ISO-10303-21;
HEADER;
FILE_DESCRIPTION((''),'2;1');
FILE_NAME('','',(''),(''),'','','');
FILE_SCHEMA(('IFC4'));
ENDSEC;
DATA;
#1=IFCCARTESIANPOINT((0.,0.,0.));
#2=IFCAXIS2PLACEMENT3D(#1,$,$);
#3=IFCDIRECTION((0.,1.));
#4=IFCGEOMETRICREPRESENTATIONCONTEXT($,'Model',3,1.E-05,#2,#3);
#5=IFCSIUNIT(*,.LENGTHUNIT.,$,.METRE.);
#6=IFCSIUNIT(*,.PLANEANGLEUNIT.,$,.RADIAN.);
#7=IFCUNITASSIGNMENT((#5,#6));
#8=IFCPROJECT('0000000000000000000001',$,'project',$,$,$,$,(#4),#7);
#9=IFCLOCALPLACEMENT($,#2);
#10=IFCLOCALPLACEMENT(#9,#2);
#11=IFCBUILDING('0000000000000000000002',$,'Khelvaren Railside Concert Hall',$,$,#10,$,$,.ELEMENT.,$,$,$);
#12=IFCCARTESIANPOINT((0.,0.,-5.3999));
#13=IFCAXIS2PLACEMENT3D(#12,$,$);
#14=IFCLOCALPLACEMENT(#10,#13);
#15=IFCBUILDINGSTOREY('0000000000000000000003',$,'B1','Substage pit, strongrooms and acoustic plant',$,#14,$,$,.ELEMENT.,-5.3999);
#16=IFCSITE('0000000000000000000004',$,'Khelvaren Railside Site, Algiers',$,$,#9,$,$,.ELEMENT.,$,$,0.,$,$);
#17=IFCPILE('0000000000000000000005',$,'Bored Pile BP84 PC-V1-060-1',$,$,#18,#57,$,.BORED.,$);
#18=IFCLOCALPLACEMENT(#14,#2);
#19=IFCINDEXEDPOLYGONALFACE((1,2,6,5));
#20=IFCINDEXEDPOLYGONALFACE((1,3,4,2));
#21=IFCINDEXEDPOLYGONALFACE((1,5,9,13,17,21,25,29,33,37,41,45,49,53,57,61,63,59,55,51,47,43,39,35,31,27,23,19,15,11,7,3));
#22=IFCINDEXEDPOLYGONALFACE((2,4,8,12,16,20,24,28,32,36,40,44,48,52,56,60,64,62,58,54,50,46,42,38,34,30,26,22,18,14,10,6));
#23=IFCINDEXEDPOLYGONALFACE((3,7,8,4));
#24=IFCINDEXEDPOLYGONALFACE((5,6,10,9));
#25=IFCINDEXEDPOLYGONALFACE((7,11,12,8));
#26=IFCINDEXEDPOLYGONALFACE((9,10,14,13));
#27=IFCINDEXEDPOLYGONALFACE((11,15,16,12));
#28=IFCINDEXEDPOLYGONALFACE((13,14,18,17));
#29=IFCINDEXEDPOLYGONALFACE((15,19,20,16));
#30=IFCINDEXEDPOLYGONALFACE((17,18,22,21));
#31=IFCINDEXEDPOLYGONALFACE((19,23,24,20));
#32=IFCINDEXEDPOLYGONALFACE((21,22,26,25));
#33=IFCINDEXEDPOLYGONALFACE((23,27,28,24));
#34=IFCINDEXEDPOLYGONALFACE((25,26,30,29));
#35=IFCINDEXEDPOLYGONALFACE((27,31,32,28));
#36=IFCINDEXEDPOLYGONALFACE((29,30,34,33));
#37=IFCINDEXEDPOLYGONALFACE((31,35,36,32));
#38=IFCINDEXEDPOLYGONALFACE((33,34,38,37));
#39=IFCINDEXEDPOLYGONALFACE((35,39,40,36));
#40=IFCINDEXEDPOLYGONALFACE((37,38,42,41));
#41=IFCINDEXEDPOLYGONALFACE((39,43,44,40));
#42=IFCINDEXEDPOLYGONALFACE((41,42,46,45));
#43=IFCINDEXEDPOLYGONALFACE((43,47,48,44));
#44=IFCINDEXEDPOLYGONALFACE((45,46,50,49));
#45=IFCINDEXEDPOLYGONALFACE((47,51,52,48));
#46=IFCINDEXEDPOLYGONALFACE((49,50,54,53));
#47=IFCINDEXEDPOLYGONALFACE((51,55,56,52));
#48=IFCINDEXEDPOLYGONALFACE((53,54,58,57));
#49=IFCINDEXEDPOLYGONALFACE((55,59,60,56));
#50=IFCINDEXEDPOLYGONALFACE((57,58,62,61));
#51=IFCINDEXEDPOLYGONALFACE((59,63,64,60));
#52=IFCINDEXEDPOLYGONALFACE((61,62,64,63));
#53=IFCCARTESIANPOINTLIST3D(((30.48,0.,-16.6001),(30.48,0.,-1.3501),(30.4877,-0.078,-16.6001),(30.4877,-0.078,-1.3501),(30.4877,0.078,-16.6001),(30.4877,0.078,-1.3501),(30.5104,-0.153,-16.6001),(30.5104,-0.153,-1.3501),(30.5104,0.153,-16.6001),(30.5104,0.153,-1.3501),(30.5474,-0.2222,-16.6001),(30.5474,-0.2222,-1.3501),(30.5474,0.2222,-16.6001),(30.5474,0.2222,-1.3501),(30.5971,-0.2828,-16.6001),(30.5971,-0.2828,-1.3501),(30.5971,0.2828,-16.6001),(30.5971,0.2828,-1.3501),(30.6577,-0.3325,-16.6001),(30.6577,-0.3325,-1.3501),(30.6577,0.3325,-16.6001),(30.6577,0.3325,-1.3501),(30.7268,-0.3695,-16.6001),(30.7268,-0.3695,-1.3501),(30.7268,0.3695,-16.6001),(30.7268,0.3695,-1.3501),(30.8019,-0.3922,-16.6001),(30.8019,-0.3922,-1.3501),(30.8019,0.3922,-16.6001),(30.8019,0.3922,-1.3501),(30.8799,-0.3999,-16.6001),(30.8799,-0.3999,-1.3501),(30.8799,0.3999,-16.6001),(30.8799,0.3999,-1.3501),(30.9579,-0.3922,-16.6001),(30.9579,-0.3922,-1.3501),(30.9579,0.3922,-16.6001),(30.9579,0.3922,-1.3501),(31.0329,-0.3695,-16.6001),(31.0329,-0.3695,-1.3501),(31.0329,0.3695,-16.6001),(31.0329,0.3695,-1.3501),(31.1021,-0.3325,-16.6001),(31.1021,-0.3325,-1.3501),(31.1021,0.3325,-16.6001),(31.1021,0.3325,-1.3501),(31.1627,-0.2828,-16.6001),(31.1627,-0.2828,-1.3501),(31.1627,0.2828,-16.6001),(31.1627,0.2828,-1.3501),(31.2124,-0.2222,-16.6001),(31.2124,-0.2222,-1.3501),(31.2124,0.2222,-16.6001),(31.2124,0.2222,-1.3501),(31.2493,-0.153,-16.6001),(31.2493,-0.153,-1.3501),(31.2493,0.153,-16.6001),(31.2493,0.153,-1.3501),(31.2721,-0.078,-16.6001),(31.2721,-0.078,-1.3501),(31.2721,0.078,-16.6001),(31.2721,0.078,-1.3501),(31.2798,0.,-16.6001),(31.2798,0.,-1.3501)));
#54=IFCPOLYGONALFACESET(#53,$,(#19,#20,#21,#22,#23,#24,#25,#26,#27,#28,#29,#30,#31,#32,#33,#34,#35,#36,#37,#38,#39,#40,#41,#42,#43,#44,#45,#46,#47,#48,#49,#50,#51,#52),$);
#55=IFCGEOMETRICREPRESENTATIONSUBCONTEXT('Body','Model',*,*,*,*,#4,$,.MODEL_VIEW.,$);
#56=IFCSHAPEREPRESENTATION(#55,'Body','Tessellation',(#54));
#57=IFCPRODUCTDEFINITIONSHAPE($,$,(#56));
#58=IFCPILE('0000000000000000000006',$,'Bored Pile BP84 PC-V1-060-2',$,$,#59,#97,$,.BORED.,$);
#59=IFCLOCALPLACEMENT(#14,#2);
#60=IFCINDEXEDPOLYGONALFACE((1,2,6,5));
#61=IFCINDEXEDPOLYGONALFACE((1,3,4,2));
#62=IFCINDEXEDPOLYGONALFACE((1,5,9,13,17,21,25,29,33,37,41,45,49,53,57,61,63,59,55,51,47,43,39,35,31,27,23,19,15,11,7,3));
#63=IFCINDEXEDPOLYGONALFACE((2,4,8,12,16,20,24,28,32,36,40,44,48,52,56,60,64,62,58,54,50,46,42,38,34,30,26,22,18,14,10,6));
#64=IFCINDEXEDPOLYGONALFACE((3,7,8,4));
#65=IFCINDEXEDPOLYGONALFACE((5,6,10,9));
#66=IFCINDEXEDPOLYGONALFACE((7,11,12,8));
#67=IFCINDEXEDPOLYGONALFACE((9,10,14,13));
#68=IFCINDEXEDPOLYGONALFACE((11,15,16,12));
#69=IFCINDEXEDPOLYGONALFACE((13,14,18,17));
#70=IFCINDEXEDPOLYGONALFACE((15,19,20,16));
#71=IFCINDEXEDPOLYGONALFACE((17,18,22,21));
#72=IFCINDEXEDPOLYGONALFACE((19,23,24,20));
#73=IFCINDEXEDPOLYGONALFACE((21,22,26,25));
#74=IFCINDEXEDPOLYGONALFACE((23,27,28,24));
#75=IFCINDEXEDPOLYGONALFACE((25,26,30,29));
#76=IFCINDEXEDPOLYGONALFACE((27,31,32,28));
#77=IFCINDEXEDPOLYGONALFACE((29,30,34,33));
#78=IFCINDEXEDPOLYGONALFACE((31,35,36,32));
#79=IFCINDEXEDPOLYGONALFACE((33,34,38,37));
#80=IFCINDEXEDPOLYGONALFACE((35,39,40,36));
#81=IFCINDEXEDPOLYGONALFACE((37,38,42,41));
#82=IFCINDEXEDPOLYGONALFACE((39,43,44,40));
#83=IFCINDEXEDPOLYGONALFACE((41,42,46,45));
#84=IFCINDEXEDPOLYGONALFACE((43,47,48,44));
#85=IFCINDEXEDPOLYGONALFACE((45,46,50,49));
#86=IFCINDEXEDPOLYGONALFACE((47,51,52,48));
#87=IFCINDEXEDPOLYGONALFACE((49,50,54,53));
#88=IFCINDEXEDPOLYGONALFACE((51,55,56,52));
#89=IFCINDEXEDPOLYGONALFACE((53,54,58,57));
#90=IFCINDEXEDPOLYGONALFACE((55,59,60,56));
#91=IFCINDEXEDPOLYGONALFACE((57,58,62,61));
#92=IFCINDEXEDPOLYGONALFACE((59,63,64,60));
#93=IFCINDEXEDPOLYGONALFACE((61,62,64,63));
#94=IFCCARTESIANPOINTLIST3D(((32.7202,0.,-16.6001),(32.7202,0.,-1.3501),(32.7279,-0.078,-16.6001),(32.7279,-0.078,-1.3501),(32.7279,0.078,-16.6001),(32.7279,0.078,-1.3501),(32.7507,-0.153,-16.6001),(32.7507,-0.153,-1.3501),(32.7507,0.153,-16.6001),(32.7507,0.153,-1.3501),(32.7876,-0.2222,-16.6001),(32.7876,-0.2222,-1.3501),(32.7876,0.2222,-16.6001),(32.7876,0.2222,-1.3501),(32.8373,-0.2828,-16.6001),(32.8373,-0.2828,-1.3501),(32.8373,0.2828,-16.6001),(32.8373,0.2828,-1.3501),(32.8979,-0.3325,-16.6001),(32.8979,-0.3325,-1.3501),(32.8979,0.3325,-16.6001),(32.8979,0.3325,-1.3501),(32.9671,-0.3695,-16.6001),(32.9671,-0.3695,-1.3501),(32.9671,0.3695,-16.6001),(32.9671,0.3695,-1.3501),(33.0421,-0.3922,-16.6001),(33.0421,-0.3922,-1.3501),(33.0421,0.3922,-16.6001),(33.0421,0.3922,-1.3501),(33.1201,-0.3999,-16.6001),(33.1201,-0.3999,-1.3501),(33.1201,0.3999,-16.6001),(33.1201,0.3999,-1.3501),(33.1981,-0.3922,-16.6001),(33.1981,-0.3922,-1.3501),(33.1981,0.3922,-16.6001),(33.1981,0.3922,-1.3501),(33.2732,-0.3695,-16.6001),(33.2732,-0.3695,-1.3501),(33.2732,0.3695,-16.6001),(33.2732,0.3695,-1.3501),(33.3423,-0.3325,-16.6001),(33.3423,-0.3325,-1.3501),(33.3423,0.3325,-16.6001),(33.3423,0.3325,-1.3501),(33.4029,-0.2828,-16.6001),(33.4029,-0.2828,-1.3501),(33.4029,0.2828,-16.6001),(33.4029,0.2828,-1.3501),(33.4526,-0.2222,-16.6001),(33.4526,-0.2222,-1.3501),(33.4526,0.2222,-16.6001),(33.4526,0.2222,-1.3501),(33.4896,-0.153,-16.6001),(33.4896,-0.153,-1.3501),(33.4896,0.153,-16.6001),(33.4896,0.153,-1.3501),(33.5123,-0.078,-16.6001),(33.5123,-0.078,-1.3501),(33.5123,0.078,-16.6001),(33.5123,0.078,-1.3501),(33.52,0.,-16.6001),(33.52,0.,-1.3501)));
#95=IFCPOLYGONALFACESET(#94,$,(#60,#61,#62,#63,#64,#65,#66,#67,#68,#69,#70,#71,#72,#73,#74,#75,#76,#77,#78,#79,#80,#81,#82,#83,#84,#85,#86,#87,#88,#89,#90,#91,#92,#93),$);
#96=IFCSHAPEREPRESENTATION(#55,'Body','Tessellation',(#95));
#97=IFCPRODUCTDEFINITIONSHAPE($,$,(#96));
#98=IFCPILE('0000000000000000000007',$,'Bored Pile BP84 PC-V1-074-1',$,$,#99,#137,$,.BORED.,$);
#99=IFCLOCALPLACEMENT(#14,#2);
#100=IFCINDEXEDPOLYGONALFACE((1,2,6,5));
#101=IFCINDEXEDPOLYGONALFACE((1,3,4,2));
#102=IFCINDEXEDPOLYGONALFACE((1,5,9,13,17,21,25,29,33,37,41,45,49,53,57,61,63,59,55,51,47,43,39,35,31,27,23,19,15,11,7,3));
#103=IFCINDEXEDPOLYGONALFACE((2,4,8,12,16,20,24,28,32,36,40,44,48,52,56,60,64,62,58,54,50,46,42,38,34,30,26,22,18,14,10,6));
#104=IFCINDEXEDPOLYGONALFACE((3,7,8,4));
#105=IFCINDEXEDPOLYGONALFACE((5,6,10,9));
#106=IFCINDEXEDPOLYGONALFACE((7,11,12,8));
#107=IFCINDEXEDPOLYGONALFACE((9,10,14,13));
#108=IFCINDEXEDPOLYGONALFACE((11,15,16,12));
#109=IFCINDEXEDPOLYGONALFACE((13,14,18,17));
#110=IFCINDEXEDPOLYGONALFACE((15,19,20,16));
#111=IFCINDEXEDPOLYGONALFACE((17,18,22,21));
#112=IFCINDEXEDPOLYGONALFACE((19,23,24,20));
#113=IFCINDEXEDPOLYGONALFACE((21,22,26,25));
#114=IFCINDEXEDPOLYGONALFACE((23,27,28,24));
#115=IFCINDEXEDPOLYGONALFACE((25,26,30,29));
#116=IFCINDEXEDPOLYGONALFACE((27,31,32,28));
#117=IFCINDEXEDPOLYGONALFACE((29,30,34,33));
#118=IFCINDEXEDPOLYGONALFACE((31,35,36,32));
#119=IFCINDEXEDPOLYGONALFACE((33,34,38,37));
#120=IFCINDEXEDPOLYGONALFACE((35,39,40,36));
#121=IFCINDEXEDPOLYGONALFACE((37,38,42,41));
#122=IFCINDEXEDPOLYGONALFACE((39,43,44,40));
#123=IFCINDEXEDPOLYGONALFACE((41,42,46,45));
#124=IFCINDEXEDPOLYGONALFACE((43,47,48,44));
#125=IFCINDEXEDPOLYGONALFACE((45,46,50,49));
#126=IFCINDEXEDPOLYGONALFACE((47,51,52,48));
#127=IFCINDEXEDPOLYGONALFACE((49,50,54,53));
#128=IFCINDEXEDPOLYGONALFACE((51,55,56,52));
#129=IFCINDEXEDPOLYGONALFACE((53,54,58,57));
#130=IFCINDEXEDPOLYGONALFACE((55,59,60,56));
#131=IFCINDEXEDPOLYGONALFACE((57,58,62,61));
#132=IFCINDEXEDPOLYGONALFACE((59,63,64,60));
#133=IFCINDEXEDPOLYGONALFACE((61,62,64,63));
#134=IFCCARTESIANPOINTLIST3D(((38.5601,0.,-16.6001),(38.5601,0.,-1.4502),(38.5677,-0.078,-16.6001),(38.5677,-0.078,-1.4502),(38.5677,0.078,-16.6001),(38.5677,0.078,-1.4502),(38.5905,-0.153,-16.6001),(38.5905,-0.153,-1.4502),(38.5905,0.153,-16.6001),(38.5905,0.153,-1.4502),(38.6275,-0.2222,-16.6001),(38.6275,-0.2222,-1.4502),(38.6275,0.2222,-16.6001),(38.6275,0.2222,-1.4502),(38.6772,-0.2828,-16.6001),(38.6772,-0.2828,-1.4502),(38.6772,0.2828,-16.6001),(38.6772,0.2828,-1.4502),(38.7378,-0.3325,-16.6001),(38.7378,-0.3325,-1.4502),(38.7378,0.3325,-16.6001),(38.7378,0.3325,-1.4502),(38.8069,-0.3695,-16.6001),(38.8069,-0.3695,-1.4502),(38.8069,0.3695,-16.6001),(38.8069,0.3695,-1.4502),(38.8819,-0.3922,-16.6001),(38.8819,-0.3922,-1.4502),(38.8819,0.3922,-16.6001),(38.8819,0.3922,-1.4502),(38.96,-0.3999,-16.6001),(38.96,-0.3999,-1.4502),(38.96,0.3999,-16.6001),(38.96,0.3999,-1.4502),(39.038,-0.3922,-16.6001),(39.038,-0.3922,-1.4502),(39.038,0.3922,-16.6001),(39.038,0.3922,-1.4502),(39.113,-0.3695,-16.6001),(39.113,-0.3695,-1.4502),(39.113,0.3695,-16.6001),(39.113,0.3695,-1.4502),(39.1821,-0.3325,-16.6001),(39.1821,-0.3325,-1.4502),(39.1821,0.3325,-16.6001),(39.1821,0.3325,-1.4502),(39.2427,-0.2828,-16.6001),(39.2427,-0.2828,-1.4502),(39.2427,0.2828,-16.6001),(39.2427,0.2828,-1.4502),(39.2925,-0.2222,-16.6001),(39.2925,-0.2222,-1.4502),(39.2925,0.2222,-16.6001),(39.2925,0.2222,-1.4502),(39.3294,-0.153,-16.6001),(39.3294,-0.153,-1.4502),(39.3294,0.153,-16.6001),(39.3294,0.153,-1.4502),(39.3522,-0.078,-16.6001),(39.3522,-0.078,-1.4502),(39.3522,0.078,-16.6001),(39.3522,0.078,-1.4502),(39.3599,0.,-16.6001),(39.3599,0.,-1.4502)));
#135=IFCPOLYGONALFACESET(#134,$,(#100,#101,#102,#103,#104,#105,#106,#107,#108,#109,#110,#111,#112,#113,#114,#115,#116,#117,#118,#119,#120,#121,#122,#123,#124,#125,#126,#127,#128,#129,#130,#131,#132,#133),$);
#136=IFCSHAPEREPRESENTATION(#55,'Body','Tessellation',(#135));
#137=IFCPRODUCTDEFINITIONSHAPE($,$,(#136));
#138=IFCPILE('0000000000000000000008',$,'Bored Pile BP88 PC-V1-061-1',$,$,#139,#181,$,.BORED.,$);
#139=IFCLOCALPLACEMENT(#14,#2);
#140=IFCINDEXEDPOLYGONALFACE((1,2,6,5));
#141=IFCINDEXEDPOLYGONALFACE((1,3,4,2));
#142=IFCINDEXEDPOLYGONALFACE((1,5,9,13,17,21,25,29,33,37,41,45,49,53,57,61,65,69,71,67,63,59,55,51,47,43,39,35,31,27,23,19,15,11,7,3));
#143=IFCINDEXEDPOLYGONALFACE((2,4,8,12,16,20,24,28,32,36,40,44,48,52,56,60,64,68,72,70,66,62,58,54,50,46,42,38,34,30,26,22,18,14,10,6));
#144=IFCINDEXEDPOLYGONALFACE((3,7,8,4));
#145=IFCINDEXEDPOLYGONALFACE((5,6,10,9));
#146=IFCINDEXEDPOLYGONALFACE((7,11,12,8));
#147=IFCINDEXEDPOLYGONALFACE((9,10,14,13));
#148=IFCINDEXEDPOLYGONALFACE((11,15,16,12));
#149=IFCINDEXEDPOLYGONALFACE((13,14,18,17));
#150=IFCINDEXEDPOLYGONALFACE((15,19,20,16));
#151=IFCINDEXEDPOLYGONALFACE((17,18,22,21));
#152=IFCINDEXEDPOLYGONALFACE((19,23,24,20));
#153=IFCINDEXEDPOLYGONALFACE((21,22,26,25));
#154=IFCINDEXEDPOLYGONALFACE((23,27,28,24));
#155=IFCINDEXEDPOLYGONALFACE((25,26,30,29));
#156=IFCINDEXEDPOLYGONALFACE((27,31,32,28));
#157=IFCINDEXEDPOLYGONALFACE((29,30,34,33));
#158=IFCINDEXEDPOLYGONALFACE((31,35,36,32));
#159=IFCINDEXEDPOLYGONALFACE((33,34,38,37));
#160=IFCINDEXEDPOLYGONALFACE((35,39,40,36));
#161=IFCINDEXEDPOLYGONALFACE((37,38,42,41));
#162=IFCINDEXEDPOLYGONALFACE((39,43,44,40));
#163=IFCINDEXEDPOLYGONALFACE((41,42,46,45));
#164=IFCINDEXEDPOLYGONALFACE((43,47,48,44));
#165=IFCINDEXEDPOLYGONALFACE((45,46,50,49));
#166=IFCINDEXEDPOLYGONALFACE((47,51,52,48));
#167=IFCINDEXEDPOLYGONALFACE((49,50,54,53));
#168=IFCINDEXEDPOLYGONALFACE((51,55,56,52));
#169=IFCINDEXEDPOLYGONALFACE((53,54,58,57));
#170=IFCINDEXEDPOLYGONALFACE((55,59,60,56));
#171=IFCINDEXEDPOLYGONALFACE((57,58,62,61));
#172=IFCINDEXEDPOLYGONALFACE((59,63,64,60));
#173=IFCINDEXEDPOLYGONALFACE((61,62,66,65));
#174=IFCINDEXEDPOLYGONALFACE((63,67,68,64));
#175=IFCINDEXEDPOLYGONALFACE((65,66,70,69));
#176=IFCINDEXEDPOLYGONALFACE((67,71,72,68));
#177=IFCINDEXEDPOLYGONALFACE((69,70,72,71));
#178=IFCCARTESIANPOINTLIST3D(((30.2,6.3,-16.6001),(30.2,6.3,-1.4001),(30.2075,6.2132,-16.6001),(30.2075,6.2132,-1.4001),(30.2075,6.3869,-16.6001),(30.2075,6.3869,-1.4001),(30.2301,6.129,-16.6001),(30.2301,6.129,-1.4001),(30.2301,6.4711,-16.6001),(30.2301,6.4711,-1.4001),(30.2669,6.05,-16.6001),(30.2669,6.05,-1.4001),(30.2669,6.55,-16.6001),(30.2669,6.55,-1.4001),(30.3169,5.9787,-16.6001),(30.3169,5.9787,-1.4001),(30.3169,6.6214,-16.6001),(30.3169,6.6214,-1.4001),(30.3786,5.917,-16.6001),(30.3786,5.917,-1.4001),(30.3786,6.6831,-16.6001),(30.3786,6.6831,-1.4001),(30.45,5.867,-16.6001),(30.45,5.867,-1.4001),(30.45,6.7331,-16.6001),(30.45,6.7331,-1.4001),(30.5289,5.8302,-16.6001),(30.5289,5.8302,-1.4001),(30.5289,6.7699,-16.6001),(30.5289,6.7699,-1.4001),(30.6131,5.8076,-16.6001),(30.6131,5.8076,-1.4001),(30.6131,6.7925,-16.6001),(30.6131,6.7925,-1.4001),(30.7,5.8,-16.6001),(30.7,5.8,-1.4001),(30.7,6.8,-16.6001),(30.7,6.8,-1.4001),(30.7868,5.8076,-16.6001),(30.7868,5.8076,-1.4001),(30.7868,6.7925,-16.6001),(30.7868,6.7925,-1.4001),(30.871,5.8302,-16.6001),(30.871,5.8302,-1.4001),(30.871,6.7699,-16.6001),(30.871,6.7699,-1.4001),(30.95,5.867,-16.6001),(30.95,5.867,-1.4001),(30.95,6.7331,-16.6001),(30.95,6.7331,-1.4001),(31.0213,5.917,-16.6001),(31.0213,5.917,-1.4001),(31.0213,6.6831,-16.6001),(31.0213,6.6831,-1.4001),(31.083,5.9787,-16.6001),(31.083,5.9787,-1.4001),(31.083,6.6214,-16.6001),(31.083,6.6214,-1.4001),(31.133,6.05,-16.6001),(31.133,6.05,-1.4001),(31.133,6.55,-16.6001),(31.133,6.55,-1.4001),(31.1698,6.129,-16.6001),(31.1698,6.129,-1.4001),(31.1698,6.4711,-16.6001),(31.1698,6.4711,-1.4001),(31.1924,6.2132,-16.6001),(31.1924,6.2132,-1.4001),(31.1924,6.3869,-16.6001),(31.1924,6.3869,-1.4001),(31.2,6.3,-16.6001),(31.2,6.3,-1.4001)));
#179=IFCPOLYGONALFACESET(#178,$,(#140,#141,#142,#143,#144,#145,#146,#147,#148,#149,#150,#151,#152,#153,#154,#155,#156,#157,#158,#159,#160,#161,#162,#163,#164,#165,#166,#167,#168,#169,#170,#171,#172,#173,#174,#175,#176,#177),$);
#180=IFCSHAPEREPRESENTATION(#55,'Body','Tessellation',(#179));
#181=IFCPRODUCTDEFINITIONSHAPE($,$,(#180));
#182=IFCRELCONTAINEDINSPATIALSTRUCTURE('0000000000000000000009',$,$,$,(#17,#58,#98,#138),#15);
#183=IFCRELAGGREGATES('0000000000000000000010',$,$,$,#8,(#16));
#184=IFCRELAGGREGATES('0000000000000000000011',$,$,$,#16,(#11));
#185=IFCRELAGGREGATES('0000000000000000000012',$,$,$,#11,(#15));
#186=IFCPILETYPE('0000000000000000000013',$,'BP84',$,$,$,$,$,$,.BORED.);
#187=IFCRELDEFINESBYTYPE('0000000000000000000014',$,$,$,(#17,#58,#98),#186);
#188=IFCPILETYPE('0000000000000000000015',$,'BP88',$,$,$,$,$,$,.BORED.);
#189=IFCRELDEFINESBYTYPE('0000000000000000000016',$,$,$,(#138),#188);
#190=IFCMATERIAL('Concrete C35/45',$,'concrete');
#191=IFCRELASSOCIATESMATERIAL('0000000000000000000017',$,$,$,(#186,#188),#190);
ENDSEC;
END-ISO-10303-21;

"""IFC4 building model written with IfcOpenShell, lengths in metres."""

from ifc_helpers import new_model, si_unit, direction, frame, origin, origin_2d, place, context, subcontext, project, spatial, circle, extrude, material, material_profile, profile_set, type_object, element, save


model = new_model("IFC4")

# Units and contexts
model_context = context("Model", 3, precision=1e-05, world=origin(), true_north=direction((0.0, 1.0)))
body_context = subcontext(model_context, "Body", "Model", "MODEL_VIEW")
ifc_project = project(units=[si_unit("LENGTHUNIT", "METRE"), si_unit("PLANEANGLEUNIT", "RADIAN")], contexts=[model_context])

# Site, building, storey
site_placement = place(None, origin())
site = spatial("IfcSite", under=ifc_project, at=site_placement, Name="Khelvaren Railside Site, Algiers", CompositionType="ELEMENT", RefElevation=0.0)
building_placement = place(site_placement, origin())
building = spatial("IfcBuilding", under=site, at=building_placement, Name="Khelvaren Railside Concert Hall", CompositionType="ELEMENT")
storey_placement = place(building_placement, frame((0.0, 0.0, -5.3999)))
storey = spatial("IfcBuildingStorey", under=building, at=storey_placement, Name="B1", Description="Substage pit, strongrooms and acoustic plant", CompositionType="ELEMENT", Elevation=-5.3999)

# Piles
ifc_material_1 = material(Name="Concrete C35/45", Category="concrete")
ifc_material_profile_1 = material_profile(ifc_material_1, circle(Radius=0.3999, at=origin_2d()), Name="BP D800")
ifc_profile_set_1 = profile_set([ifc_material_profile_1], Name="Concrete C35/45")
pile_type_1 = type_object("IfcPileType", Name="BP84", PredefinedType="BORED", material=ifc_profile_set_1)
for number, where, z_axis, x_axis, name in (
    (1, (30.8799, 0.0, -1.3501), (0.0, 0.0, -1.0), (1.0, 0.0, 0.0), "Bored Pile BP84 PC-V1-060-1"),
    (2, (33.1201, 0.0, -1.3501), (0.0, 0.0, -1.0), (1.0, 0.0, 0.0), "Bored Pile BP84 PC-V1-060-2"),
):
    element("IfcPile", number, at=place(storey_placement, frame(where, z_axis=z_axis, x_axis=x_axis)), inside=storey, type_object=pile_type_1, Name=name, PredefinedType="BORED", context=body_context, shape_type="SweptSolid", body=[
        extrude(circle(Radius=0.3999, at=origin_2d()), origin(), (0.0, 0.0, 1.0), 15.25),
    ])
pile_placement = place(storey_placement, frame((38.96, 0.0, -1.4502), z_axis=(0.0, 0.0, -1.0), x_axis=(1.0, 0.0, 0.0)))
element("IfcPile", 3, at=pile_placement, inside=storey, type_object=pile_type_1, Name="Bored Pile BP84 PC-V1-074-1", PredefinedType="BORED", context=body_context, shape_type="SweptSolid", body=[
    extrude(circle(Radius=0.3999, at=origin_2d()), origin(), (0.0, 0.0, 1.0), 15.1499),
])
ifc_material_profile_2 = material_profile(ifc_material_1, circle(Radius=0.5, at=origin_2d()), Name="BP D1000")
ifc_profile_set_2 = profile_set([ifc_material_profile_2], Name="Concrete C35/45")
pile_type_2 = type_object("IfcPileType", Name="BP88", PredefinedType="BORED", material=ifc_profile_set_2)
for number, where, z_axis, x_axis, name in (
    (4, (30.7, 6.3, -1.4001), (0.0, 0.0, -1.0), (1.0, 0.0, 0.0), "Bored Pile BP88 PC-V1-061-1"),
):
    element("IfcPile", number, at=place(storey_placement, frame(where, z_axis=z_axis, x_axis=x_axis)), inside=storey, type_object=pile_type_2, Name=name, PredefinedType="BORED", context=body_context, shape_type="SweptSolid", body=[
        extrude(circle(Radius=0.5, at=origin_2d()), origin(), (0.0, 0.0, 1.0), 15.2),
    ])

save(model, "model.ifc")
